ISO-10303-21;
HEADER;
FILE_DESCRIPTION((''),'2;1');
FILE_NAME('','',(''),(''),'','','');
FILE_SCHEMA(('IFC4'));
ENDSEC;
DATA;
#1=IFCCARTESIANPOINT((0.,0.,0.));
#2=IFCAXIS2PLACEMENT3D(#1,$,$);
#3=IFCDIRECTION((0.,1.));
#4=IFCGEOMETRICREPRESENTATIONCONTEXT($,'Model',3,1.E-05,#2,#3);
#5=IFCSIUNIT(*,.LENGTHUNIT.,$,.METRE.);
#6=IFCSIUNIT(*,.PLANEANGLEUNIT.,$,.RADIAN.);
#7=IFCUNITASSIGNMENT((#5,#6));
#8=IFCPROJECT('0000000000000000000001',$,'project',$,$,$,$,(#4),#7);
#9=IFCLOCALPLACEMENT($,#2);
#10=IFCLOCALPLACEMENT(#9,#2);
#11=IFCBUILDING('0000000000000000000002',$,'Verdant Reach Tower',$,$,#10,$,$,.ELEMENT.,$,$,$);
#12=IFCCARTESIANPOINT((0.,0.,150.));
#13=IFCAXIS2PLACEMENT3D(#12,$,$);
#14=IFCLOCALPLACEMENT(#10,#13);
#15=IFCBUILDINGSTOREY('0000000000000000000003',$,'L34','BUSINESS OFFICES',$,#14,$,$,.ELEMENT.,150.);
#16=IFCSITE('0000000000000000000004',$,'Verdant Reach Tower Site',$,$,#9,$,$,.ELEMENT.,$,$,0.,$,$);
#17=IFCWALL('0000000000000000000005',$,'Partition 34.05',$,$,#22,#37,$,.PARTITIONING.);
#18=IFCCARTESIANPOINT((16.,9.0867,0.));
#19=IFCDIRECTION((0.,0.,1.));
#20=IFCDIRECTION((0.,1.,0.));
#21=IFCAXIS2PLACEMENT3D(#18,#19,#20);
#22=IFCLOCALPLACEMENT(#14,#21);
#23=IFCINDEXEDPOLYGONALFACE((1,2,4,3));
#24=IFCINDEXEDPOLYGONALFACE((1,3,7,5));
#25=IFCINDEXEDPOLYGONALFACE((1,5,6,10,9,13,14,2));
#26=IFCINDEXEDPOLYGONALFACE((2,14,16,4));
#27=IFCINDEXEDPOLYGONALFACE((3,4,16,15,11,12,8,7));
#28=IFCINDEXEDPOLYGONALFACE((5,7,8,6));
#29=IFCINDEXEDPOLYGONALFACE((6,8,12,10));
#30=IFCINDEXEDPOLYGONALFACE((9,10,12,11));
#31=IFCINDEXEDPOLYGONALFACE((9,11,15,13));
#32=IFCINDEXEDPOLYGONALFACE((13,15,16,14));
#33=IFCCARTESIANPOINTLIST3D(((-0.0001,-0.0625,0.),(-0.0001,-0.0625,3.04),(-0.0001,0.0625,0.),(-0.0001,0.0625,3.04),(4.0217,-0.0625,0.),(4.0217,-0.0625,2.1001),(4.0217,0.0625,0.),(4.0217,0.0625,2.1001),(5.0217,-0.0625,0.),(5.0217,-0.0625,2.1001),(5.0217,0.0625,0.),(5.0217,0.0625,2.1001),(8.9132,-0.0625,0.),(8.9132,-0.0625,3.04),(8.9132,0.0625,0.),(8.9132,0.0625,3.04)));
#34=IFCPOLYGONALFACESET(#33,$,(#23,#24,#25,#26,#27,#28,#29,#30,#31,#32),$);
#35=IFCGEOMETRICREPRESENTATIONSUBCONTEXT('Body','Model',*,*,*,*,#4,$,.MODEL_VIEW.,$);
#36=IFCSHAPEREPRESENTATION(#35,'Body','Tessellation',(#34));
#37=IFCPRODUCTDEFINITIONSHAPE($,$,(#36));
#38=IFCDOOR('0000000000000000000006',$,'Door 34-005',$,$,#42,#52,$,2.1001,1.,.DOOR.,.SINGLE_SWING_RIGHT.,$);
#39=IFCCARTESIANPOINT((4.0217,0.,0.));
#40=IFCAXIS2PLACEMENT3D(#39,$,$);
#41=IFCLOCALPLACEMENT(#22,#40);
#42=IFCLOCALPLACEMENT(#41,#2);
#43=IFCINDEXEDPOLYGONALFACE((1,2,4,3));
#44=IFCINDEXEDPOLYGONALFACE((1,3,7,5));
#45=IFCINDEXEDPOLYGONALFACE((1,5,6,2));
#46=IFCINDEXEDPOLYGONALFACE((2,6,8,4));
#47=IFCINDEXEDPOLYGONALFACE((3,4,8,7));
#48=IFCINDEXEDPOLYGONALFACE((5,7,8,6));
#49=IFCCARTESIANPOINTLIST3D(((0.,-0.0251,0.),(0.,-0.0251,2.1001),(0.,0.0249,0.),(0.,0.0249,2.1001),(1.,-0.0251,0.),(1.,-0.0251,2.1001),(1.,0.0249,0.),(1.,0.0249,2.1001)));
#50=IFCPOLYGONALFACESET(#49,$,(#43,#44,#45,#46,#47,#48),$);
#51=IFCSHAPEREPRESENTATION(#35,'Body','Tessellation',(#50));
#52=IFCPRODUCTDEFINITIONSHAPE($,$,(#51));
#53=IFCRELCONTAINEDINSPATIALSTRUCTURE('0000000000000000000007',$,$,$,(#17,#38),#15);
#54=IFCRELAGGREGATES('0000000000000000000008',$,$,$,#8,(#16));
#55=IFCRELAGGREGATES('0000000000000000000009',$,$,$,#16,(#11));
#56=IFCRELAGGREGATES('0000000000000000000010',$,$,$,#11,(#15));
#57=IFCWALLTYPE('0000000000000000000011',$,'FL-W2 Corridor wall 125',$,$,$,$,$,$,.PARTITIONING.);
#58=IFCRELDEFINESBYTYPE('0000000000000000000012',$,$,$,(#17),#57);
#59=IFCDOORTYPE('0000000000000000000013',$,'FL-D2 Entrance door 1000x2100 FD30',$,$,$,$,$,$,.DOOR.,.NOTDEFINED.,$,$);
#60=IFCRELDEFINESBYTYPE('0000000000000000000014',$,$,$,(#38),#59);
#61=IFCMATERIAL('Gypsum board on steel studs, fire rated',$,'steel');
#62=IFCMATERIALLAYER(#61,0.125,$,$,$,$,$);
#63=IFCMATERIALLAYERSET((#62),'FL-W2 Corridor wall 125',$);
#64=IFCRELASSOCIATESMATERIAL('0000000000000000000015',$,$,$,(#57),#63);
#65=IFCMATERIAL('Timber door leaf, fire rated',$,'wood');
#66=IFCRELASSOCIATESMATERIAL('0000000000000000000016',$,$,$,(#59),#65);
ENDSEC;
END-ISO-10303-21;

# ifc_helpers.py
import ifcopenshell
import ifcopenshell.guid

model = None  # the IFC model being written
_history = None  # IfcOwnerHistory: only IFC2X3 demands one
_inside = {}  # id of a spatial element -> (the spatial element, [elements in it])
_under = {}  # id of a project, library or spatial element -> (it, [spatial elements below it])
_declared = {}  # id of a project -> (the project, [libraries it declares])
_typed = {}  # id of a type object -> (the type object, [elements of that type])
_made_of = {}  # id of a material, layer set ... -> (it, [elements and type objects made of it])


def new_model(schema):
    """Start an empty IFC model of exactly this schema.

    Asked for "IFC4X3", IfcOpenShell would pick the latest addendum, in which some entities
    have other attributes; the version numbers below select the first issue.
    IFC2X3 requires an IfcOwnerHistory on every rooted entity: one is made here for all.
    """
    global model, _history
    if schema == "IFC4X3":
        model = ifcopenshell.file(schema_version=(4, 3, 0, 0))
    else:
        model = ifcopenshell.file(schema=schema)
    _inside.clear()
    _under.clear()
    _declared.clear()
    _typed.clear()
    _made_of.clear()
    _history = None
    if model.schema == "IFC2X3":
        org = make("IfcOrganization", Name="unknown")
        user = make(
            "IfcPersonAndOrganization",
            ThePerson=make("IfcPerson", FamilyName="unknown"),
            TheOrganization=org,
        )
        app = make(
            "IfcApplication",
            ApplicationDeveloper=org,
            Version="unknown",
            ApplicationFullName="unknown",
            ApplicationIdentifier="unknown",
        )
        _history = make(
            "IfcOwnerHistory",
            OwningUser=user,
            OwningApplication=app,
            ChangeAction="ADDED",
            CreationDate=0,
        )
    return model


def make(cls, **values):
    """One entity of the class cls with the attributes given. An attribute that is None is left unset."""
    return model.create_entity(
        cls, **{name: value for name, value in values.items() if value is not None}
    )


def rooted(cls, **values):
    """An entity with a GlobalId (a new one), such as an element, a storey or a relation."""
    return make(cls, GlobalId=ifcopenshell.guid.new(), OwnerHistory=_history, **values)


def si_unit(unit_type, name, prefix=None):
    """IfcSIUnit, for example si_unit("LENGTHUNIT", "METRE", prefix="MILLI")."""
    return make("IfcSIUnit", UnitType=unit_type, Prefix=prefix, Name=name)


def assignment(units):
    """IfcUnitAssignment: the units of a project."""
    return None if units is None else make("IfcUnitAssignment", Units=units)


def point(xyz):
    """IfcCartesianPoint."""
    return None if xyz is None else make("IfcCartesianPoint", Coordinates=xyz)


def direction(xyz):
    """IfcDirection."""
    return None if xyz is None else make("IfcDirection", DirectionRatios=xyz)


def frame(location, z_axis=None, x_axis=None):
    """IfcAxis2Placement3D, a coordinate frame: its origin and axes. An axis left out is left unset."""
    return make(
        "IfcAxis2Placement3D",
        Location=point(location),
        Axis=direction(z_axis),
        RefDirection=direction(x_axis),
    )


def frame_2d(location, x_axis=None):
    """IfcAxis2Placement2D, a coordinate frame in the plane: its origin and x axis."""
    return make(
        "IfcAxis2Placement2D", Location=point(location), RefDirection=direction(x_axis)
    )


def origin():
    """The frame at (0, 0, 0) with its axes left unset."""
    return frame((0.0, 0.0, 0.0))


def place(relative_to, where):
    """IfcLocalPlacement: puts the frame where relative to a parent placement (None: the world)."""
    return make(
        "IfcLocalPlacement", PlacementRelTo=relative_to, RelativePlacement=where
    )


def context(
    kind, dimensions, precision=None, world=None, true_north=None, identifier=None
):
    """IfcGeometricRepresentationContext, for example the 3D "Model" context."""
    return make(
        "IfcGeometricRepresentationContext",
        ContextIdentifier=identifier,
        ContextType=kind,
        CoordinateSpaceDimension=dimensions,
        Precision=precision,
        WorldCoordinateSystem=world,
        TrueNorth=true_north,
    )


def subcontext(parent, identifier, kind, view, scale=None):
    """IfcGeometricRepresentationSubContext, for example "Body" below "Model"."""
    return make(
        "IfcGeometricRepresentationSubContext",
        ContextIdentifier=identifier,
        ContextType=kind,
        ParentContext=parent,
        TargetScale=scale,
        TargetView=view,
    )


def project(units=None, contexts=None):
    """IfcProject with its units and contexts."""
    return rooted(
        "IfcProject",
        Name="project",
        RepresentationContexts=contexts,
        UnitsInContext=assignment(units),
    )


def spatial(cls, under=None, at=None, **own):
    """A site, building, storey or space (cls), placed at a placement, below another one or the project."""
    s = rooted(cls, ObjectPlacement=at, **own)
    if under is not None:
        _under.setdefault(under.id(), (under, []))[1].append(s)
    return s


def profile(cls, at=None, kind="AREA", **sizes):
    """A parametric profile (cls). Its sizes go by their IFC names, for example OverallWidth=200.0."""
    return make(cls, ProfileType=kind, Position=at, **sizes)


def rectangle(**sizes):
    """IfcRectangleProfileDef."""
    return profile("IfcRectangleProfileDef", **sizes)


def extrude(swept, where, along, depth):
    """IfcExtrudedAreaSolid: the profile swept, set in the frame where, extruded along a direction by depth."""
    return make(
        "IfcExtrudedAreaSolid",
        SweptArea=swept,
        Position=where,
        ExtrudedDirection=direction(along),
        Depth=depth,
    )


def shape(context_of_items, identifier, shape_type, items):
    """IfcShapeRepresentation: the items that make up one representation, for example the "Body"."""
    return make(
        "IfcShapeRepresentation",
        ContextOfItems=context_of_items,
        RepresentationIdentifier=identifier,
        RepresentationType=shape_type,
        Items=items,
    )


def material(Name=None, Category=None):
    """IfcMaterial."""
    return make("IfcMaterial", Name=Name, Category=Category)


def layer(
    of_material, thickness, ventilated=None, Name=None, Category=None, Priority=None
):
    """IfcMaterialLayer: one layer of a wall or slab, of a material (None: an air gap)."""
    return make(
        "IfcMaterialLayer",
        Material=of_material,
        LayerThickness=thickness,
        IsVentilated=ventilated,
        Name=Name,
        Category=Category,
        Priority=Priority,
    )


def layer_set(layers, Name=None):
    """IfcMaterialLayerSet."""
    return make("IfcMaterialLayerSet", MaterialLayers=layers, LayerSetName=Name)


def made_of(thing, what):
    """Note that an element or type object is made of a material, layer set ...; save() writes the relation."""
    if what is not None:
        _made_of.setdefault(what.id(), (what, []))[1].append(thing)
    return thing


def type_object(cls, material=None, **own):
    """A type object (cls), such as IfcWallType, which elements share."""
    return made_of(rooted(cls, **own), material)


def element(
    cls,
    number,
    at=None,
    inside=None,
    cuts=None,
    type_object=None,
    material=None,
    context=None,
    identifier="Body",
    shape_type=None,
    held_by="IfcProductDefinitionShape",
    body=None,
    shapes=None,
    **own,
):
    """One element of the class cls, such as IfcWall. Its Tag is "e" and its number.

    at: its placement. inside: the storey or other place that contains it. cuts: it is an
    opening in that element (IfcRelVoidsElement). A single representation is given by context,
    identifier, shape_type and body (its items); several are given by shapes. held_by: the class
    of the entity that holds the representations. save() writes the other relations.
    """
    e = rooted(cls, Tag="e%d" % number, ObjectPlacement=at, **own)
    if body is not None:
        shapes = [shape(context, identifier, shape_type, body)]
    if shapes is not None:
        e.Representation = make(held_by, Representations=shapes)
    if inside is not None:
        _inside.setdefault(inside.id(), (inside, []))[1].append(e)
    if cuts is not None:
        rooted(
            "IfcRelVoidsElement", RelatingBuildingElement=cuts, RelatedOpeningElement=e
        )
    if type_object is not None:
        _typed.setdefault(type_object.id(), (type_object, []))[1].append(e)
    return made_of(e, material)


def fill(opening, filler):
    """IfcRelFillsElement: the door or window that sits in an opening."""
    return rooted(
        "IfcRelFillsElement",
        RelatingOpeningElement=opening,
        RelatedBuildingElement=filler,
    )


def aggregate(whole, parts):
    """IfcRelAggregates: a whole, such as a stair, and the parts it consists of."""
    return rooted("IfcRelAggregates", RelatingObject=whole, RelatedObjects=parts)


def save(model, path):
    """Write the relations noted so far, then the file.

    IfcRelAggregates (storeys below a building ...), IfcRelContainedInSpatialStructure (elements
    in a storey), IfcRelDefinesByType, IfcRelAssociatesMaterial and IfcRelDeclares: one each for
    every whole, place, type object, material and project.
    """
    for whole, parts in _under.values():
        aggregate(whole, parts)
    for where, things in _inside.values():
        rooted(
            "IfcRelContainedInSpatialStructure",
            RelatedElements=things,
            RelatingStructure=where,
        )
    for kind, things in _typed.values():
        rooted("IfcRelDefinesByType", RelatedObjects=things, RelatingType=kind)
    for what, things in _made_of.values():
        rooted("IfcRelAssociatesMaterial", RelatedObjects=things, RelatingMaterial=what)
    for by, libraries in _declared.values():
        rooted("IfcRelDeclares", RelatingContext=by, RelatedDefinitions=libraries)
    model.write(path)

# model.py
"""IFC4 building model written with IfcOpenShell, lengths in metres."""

from ifc_helpers import new_model, si_unit, direction, frame, frame_2d, origin, place, context, subcontext, project, spatial, rectangle, extrude, material, layer, layer_set, type_object, element, fill, save


model = new_model("IFC4")

# Units and contexts
model_context = context("Model", 3, precision=1e-05, world=origin(), true_north=direction((0.0, 1.0)))
body_context = subcontext(model_context, "Body", "Model", "MODEL_VIEW")
ifc_project = project(units=[si_unit("LENGTHUNIT", "METRE"), si_unit("PLANEANGLEUNIT", "RADIAN")], contexts=[model_context])

# Site, building, storey
site_placement = place(None, origin())
site = spatial("IfcSite", under=ifc_project, at=site_placement, Name="Verdant Reach Tower Site", CompositionType="ELEMENT", RefElevation=0.0)
building_placement = place(site_placement, origin())
building = spatial("IfcBuilding", under=site, at=building_placement, Name="Verdant Reach Tower", CompositionType="ELEMENT")
storey_placement = place(building_placement, frame((0.0, 0.0, 150.0)))
storey = spatial("IfcBuildingStorey", under=building, at=storey_placement, Name="L34", Description="BUSINESS OFFICES", CompositionType="ELEMENT", Elevation=150.0)

# Wall, opening, door
ifc_material_1 = material(Name="Gypsum board on steel studs, fire rated", Category="steel")
ifc_layer_1 = layer(ifc_material_1, 0.125)
ifc_layer_set_1 = layer_set([ifc_layer_1], Name="FL-W2 Corridor wall 125")
wall_type = type_object("IfcWallType", Name="FL-W2 Corridor wall 125", PredefinedType="PARTITIONING", material=ifc_layer_set_1)
wall_1_placement = place(storey_placement, frame((16.0, 9.0867, 0.0), z_axis=(0.0, 0.0, 1.0), x_axis=(0.0, 1.0, 0.0)))
wall_1 = element("IfcWall", 1, at=wall_1_placement, inside=storey, type_object=wall_type, Name="Partition 34.05", PredefinedType="PARTITIONING", context=body_context, shape_type="SweptSolid", body=[
    extrude(rectangle(XDim=8.9133, YDim=0.125, at=frame_2d((4.4565, 0.0))), origin(), (0.0, 0.0, 1.0), 3.04),
])
opening_1_placement = place(wall_1_placement, frame((4.0217, 0.0, 0.0)))
opening_1 = element("IfcOpeningElement", 2, at=opening_1_placement, cuts=wall_1, PredefinedType="OPENING", context=body_context, shape_type="SweptSolid", body=[
    extrude(rectangle(XDim=1.0, YDim=2.1001, at=frame_2d((0.5, 1.05))), frame((0.0, 0.0725, 0.0), z_axis=(0.0, -1.0, 0.0), x_axis=(1.0, 0.0, 0.0)), (0.0, 0.0, 1.0), 0.145),
])
ifc_material_2 = material(Name="Timber door leaf, fire rated", Category="wood")
door_type = type_object("IfcDoorType", Name="FL-D2 Entrance door 1000x2100 FD30", OperationType="NOTDEFINED", PredefinedType="DOOR", material=ifc_material_2)
door_1_placement = place(opening_1_placement, origin())
door_1 = element("IfcDoor", 3, at=door_1_placement, inside=storey, type_object=door_type, Name="Door 34-005", OperationType="SINGLE_SWING_RIGHT", OverallHeight=2.1001, OverallWidth=1.0, PredefinedType="DOOR", context=body_context, shape_type="SweptSolid", body=[
    extrude(rectangle(XDim=1.0, YDim=2.1001, at=frame_2d((0.5, 1.05))), frame((0.0, 0.0249, 0.0), z_axis=(0.0, -1.0, 0.0), x_axis=(1.0, 0.0, 0.0)), (0.0, 0.0, 1.0), 0.05),
])
fill(opening_1, door_1)

save(model, "model.ifc")
